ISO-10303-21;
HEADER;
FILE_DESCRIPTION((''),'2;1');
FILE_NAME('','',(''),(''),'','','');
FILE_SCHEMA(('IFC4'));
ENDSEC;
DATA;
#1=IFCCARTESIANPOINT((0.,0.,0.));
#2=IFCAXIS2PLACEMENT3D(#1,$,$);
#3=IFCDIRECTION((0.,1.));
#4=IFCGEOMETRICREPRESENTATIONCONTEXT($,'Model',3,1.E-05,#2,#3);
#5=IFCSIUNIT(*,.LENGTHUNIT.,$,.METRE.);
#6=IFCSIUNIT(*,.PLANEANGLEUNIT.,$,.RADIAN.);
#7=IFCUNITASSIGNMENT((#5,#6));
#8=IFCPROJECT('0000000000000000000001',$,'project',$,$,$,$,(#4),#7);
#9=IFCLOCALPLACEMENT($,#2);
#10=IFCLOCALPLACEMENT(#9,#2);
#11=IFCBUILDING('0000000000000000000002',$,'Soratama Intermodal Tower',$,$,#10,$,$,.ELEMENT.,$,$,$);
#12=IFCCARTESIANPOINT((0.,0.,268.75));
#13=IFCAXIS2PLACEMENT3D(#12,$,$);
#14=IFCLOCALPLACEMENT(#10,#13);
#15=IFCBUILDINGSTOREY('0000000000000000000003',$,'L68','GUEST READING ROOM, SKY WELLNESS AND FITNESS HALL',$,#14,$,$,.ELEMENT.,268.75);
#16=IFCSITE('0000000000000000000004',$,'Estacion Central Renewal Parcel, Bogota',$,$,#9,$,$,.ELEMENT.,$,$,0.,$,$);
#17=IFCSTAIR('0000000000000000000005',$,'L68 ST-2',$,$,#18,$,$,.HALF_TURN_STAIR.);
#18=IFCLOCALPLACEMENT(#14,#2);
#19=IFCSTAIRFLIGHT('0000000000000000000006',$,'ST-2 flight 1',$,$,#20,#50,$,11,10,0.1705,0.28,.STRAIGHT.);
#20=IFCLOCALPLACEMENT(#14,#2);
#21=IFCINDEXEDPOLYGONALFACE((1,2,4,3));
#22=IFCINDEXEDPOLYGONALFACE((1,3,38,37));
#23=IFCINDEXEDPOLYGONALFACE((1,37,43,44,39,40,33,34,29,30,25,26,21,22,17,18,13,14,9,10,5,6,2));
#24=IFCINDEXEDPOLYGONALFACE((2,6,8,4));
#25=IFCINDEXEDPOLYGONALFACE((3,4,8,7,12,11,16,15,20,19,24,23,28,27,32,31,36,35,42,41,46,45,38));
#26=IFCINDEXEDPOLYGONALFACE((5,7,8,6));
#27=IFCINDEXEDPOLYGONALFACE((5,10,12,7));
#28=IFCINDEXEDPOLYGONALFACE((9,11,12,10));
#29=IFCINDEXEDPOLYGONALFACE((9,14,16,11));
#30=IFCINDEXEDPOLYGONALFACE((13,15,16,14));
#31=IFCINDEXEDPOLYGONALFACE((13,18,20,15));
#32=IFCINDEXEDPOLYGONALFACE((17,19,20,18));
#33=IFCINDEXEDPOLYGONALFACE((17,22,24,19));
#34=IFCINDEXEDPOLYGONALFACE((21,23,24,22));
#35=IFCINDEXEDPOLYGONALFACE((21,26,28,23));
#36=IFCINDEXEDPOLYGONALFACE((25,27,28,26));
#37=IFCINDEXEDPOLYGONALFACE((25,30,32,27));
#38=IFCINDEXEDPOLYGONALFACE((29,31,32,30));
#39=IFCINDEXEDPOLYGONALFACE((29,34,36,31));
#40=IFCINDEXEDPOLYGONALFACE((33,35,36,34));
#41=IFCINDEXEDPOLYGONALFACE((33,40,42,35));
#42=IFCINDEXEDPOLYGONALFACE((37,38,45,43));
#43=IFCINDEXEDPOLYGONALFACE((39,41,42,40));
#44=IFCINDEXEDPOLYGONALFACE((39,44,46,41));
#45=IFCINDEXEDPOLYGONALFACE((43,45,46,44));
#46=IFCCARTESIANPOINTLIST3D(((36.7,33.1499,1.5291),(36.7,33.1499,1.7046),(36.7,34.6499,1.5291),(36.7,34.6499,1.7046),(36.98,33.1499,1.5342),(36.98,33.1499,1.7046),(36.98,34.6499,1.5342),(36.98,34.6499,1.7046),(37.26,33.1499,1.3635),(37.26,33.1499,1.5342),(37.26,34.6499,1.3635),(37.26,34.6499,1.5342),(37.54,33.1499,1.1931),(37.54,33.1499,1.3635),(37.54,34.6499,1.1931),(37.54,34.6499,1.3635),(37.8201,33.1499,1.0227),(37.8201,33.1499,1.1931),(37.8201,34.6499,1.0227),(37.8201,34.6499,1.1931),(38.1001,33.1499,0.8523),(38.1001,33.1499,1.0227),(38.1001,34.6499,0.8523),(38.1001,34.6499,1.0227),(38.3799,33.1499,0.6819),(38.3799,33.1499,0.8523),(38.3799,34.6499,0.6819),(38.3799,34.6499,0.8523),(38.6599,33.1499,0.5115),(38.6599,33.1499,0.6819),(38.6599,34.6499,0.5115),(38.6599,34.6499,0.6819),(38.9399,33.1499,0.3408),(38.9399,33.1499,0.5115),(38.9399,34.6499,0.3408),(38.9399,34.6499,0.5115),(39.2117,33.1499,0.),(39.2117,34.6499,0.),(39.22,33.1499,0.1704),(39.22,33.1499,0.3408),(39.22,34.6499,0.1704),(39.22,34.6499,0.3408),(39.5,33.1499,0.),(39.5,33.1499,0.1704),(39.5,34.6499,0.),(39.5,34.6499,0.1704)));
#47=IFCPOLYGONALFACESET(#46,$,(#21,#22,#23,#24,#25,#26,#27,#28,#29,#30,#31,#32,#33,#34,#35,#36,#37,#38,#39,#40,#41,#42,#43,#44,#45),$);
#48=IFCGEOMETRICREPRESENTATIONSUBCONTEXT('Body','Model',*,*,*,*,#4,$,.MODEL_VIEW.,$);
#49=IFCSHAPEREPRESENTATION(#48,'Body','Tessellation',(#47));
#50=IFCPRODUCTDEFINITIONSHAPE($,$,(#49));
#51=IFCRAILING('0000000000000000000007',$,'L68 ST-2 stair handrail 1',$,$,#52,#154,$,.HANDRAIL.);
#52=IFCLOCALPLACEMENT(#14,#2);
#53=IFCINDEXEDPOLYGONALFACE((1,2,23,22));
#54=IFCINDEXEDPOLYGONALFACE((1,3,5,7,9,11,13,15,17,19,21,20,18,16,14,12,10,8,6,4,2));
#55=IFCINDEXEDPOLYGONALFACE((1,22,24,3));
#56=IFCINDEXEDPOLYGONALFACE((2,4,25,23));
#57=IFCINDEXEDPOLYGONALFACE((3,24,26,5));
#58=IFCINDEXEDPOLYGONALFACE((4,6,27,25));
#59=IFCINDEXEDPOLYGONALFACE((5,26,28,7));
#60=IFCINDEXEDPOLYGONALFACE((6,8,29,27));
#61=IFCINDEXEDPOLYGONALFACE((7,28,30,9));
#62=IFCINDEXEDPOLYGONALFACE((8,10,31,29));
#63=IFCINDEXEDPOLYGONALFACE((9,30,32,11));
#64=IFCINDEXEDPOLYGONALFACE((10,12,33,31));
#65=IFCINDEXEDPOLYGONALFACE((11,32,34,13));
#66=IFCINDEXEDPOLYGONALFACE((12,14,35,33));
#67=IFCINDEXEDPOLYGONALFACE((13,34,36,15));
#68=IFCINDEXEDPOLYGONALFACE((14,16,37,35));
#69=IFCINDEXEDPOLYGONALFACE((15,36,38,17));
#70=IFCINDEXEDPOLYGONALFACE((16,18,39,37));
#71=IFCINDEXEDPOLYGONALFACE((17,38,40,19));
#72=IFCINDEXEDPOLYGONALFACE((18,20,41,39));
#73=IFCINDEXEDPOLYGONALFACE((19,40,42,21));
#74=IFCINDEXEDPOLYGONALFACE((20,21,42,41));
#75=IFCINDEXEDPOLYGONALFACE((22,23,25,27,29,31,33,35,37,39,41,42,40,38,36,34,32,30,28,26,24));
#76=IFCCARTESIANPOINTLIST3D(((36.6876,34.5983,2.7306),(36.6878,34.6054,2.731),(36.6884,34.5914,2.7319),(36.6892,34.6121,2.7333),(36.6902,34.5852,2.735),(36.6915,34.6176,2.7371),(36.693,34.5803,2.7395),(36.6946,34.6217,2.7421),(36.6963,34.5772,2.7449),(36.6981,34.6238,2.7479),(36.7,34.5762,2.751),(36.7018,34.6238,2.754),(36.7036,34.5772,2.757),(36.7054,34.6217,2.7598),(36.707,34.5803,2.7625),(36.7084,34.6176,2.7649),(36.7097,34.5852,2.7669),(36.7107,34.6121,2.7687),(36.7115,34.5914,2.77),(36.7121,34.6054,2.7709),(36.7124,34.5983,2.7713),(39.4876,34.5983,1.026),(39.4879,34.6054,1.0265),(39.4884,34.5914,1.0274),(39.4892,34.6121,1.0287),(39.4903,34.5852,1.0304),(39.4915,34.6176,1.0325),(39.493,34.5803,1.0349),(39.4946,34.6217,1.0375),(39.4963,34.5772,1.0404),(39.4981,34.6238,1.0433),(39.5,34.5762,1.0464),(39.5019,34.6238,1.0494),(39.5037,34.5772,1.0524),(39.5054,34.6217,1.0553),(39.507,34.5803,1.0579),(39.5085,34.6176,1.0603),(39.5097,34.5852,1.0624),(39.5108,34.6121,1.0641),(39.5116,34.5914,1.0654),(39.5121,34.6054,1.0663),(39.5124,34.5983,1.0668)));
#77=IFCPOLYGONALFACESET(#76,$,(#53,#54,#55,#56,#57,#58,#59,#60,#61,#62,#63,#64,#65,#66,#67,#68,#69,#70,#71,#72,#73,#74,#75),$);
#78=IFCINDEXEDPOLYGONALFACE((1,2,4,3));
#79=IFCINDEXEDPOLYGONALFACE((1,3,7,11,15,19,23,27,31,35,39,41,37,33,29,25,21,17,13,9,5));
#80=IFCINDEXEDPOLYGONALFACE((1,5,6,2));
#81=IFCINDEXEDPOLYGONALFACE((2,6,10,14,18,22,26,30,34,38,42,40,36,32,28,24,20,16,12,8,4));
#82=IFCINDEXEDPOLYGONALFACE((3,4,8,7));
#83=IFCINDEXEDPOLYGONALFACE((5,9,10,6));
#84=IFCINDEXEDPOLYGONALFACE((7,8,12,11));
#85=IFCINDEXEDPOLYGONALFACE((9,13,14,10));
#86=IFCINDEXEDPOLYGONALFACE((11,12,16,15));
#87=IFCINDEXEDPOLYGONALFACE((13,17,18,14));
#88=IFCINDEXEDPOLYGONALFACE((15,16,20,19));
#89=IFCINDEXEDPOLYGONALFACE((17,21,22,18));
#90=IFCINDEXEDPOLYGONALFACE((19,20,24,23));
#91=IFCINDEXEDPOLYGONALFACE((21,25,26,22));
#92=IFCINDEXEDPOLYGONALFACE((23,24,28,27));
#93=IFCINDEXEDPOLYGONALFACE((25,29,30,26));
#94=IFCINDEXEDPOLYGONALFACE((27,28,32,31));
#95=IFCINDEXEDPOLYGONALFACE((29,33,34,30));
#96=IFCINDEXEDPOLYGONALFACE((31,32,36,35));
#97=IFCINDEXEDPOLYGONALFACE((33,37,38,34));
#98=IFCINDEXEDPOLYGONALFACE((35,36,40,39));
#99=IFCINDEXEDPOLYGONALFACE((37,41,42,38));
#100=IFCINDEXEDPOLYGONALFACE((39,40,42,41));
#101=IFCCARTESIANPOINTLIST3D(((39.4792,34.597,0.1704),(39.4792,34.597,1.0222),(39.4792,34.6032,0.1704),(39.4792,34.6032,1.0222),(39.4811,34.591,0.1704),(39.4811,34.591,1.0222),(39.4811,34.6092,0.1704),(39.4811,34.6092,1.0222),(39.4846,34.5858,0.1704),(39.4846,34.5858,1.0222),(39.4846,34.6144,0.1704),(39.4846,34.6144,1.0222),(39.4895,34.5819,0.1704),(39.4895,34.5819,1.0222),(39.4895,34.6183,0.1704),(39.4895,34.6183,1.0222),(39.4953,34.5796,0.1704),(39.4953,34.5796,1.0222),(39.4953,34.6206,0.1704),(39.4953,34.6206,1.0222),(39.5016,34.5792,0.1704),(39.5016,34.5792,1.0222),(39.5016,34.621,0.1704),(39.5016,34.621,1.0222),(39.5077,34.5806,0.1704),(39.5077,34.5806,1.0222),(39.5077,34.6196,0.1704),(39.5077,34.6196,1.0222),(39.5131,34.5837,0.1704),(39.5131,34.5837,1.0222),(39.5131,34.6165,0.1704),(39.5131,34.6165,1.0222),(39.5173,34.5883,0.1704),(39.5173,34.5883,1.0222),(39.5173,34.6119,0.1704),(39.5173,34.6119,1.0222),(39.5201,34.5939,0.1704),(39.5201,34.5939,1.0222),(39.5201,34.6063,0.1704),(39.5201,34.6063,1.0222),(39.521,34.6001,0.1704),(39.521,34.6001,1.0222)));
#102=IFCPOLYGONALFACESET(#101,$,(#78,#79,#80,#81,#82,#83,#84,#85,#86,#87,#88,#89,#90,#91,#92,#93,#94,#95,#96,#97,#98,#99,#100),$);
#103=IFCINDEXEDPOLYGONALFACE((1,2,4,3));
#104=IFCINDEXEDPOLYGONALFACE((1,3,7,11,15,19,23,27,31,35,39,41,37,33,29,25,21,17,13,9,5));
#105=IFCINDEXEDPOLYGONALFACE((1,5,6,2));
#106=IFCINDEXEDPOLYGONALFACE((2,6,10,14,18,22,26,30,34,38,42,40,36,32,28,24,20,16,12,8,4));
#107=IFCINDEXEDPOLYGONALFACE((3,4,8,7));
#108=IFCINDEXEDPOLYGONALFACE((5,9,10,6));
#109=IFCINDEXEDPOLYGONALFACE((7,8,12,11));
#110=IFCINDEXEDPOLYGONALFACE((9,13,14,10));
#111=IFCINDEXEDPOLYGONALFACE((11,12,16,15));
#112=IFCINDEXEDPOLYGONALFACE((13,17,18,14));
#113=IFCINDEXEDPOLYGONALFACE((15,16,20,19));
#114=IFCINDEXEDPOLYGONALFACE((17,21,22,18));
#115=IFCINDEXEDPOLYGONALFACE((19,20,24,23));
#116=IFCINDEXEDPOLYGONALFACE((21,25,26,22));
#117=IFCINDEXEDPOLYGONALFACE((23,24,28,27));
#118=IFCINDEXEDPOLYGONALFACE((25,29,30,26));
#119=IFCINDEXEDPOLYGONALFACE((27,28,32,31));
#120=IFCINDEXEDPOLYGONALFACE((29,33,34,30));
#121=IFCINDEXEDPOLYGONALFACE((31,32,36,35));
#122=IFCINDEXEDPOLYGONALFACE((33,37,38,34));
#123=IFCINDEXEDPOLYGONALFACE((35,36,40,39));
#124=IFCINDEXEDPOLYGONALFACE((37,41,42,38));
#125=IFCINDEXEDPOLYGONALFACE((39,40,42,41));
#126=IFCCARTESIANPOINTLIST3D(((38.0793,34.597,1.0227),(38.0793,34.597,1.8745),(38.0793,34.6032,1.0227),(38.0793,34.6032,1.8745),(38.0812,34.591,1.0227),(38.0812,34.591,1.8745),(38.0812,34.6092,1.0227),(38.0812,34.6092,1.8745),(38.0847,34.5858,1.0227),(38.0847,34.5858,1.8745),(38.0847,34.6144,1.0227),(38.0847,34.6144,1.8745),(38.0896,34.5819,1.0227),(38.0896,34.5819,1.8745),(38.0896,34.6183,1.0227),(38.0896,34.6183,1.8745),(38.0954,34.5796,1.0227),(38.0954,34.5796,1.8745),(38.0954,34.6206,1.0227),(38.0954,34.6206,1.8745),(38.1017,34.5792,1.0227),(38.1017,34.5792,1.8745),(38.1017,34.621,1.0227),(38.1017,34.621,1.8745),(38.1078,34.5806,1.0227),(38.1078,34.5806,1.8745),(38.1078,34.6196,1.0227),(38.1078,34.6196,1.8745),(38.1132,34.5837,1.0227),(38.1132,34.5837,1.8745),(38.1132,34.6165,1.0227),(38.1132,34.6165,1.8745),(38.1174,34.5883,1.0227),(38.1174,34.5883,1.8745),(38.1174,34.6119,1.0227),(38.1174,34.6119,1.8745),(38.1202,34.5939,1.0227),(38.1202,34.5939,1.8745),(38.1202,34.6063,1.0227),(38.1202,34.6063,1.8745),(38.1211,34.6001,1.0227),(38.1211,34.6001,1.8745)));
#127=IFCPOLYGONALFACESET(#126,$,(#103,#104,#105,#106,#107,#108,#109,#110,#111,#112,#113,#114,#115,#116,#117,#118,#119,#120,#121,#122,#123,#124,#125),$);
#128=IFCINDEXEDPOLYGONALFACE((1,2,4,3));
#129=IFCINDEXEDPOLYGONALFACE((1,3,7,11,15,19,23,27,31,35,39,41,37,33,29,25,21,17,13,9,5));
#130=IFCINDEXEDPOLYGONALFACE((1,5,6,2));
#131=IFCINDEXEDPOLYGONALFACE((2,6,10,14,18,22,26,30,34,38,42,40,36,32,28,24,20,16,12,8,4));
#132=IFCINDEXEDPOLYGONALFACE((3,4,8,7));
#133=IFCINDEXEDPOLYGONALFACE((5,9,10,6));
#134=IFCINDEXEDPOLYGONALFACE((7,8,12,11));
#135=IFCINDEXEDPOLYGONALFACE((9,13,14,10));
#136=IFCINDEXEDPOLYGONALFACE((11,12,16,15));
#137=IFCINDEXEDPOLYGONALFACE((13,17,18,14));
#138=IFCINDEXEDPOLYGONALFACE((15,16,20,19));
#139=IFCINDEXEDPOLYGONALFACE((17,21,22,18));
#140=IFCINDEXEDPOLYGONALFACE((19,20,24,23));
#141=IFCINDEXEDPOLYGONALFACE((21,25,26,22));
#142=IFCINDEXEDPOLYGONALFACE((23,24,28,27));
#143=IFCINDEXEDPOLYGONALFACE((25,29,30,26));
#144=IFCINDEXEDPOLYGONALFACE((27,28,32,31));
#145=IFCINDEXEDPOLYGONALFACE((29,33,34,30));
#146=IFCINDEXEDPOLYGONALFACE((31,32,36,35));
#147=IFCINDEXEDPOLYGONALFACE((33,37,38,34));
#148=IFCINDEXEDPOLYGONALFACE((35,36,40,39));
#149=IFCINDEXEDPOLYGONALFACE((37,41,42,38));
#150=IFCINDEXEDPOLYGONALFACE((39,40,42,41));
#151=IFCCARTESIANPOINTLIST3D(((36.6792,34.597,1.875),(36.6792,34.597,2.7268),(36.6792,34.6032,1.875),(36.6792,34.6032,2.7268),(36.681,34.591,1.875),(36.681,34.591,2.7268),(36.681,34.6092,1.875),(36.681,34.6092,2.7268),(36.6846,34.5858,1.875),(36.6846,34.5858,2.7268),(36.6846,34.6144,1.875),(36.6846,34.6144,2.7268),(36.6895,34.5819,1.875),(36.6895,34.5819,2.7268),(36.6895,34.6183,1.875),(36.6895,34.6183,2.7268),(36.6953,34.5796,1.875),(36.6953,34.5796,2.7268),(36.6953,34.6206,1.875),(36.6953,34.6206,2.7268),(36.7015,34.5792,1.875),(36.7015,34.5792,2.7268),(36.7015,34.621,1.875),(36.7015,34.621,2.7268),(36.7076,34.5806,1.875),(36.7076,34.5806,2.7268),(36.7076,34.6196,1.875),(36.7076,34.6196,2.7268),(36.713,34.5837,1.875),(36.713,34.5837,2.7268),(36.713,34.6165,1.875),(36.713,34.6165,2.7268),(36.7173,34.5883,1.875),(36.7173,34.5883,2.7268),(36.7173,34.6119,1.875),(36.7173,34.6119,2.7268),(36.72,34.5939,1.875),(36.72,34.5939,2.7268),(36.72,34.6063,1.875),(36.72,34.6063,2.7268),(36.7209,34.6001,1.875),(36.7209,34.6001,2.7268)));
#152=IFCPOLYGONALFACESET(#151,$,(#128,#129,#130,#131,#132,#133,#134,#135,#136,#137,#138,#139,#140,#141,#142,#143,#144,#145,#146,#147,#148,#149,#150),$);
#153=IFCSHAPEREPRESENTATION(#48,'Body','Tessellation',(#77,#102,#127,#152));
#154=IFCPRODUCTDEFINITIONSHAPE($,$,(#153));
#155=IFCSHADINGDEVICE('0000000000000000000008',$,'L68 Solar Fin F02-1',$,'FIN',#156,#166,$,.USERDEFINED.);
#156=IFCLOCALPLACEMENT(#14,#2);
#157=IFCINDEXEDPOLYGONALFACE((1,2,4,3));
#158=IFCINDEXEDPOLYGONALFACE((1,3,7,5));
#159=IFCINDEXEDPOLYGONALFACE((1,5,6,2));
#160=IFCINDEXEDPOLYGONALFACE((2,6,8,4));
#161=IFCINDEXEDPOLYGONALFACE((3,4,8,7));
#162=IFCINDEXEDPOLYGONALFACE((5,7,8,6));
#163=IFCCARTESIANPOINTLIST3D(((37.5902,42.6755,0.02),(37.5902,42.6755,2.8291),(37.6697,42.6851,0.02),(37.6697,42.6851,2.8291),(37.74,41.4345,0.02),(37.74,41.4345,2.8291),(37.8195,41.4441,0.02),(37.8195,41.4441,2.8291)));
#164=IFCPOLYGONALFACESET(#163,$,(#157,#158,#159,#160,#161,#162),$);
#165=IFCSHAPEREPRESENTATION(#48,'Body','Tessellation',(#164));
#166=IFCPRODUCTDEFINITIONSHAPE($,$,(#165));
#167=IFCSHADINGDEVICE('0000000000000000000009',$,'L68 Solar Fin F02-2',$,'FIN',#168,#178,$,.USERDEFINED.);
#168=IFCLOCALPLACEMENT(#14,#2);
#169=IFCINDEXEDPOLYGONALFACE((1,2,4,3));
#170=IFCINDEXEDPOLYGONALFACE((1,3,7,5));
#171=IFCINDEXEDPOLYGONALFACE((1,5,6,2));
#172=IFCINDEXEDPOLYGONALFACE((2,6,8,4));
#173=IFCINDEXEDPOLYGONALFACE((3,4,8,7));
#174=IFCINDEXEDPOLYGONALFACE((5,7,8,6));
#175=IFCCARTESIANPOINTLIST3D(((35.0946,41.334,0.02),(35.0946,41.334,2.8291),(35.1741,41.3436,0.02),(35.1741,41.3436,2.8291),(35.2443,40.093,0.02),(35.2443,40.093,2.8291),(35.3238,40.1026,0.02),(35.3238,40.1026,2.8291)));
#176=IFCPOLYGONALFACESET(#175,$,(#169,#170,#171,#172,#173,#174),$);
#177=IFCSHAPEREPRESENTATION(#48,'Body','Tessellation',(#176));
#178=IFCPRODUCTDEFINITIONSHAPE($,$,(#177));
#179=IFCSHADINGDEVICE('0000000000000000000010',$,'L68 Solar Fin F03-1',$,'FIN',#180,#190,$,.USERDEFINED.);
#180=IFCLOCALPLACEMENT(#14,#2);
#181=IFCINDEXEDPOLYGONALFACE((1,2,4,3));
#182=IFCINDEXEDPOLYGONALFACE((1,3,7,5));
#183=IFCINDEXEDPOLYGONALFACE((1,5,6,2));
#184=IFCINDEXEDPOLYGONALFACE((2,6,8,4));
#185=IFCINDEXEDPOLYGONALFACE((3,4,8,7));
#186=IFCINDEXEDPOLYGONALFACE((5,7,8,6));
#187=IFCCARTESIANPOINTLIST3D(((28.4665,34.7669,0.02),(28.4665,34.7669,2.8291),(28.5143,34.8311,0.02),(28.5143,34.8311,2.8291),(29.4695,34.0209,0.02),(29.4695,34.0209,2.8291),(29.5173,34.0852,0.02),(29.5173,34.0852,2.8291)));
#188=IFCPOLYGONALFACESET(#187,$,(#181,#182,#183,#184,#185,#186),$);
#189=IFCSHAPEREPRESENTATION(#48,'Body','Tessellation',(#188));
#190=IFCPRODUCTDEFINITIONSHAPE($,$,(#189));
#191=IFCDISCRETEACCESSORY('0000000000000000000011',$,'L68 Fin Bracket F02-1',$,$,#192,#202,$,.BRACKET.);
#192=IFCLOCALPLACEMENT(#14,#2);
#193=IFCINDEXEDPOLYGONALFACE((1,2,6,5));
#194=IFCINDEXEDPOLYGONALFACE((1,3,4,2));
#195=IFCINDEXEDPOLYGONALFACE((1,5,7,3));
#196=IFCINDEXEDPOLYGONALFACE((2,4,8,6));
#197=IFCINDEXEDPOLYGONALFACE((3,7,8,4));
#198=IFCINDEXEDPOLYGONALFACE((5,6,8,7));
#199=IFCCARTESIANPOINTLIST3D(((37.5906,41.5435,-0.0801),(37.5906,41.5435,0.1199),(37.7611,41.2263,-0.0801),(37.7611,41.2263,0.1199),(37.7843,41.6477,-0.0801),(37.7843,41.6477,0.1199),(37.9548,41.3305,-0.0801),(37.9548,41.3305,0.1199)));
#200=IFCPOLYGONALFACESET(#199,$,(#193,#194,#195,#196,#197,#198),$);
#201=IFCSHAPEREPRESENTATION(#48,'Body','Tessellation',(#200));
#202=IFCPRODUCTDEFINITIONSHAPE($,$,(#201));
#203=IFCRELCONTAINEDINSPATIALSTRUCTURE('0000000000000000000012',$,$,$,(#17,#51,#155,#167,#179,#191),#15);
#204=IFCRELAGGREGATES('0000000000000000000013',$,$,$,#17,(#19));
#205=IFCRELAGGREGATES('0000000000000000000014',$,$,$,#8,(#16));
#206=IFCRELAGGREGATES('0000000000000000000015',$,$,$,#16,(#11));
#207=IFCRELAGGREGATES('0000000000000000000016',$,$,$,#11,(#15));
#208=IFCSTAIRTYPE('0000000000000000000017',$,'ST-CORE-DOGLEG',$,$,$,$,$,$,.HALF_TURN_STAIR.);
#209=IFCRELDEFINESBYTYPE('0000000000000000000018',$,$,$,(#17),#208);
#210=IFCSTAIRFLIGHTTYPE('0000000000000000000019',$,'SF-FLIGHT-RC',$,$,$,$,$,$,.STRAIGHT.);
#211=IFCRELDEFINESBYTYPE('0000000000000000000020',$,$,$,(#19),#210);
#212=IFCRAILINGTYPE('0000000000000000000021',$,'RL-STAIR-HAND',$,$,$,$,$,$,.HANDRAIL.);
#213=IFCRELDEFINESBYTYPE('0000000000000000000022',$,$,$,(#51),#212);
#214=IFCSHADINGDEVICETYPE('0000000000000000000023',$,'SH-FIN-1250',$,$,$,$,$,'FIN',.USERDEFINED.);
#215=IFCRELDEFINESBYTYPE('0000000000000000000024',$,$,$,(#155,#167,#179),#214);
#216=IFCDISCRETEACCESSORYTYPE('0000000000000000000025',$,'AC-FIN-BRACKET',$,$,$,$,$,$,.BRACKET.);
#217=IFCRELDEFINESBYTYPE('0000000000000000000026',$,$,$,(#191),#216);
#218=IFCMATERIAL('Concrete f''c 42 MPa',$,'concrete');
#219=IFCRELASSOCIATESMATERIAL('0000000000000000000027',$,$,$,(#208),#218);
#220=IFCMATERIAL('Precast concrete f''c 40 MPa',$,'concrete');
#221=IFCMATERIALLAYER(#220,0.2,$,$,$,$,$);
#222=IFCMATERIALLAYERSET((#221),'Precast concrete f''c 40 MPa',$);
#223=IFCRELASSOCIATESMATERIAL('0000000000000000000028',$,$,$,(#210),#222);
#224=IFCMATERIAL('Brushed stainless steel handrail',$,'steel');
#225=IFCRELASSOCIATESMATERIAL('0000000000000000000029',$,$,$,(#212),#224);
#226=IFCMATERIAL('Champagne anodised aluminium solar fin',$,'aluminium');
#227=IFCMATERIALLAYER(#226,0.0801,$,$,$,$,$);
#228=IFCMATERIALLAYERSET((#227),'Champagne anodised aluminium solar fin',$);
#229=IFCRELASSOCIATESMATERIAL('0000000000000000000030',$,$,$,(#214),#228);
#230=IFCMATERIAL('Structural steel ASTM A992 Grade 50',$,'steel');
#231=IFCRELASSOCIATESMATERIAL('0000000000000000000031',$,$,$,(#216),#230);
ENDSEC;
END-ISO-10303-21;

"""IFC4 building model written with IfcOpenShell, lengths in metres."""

from ifc_helpers import new_model, si_unit, direction, frame, origin, origin_2d, place, context, subcontext, project, spatial, polyline, rectangle, circle, outline, extrude, material, layer, layer_set, type_object, element, aggregate, save


model = new_model("IFC4")

# Units and contexts
model_context = context("Model", 3, precision=1e-05, world=origin(), true_north=direction((0.0, 1.0)))
body_context = subcontext(model_context, "Body", "Model", "MODEL_VIEW")
ifc_project = project(units=[si_unit("LENGTHUNIT", "METRE"), si_unit("PLANEANGLEUNIT", "RADIAN")], contexts=[model_context])

# Site, building, storey
site_placement = place(None, origin())
site = spatial("IfcSite", under=ifc_project, at=site_placement, Name="Estacion Central Renewal Parcel, Bogota", CompositionType="ELEMENT", RefElevation=0.0)
building_placement = place(site_placement, origin())
building = spatial("IfcBuilding", under=site, at=building_placement, Name="Soratama Intermodal Tower", CompositionType="ELEMENT")
storey_placement = place(building_placement, frame((0.0, 0.0, 268.75)))
storey = spatial("IfcBuildingStorey", under=building, at=storey_placement, Name="L68", Description="GUEST READING ROOM, SKY WELLNESS AND FITNESS HALL", CompositionType="ELEMENT", Elevation=268.75)

# Stair, stair flight
ifc_material_1 = material(Name="Concrete f'c 42 MPa", Category="concrete")
stair_type = type_object("IfcStairType", Name="ST-CORE-DOGLEG", PredefinedType="HALF_TURN_STAIR", material=ifc_material_1)
stair_placement = place(storey_placement, origin())
stair = element("IfcStair", 1, at=stair_placement, inside=storey, type_object=stair_type, Name="L68 ST-2", PredefinedType="HALF_TURN_STAIR")
ifc_material_2 = material(Name="Precast concrete f'c 40 MPa", Category="concrete")
ifc_layer_1 = layer(ifc_material_2, 0.2)
ifc_layer_set_1 = layer_set([ifc_layer_1], Name="Precast concrete f'c 40 MPa")
stair_flight_type = type_object("IfcStairFlightType", Name="SF-FLIGHT-RC", PredefinedType="STRAIGHT", material=ifc_layer_set_1)
stair_flight_placement = place(storey_placement, frame((39.5, 33.8999, 0.0), z_axis=(0.0, 0.0, 1.0), x_axis=(-1.0, 0.0, 0.0)))
stair_flight = element("IfcStairFlight", 2, at=stair_flight_placement, type_object=stair_flight_type, Name="ST-2 flight 1", NumberOfRisers=11, NumberOfTreads=10, PredefinedType="STRAIGHT", RiserHeight=0.1705, TreadLength=0.28, context=body_context, shape_type="SweptSolid", body=[
    extrude(outline(polyline([(0.0, 0.0), (0.0, 0.1704), (0.28, 0.1704), (0.28, 0.3408), (0.5601, 0.3408), (0.5601, 0.5115), (0.8401, 0.5115), (0.8401, 0.6819), (1.1201, 0.6819), (1.1201, 0.8523), (1.3999, 0.8523), (1.3999, 1.0227), (1.6799, 1.0227), (1.6799, 1.1931), (1.96, 1.1931), (1.96, 1.3635), (2.24, 1.3635), (2.24, 1.5342), (2.52, 1.5342), (2.52, 1.7046), (2.8, 1.7046), (2.8, 1.875), (2.8, 1.5291), (0.2883, 0.0), (0.0, 0.0)])), frame((0.0, 0.75, 0.0), z_axis=(0.0, -1.0, 0.0), x_axis=(1.0, 0.0, 0.0)), (0.0, 0.0, 1.0), 1.5),
])
aggregate(stair, [stair_flight])

# Railing
ifc_material_3 = material(Name="Brushed stainless steel handrail", Category="steel")
railing_type = type_object("IfcRailingType", Name="RL-STAIR-HAND", PredefinedType="HANDRAIL", material=ifc_material_3)
railing_placement = place(storey_placement, frame((39.5, 34.6001, 0.1704)))
element("IfcRailing", 3, at=railing_placement, inside=storey, type_object=railing_type, Name="L68 ST-2 stair handrail 1", PredefinedType="HANDRAIL", context=body_context, shape_type="SweptSolid", body=[
    extrude(circle(Radius=0.0239, at=origin_2d()), frame((0.0, 0.0, 0.876), z_axis=(-0.85417, 0.0, 0.519994), x_axis=(0.0, -1.0, 0.0)), (0.0, 0.0, 1.0), 3.2781),
    extrude(circle(Radius=0.021, at=origin_2d()), origin(), (0.0, 0.0, 1.0), 0.8518),
    extrude(circle(Radius=0.021, at=origin_2d()), frame((-1.3999, 0.0, 0.8523)), (0.0, 0.0, 1.0), 0.8518),
    extrude(circle(Radius=0.021, at=origin_2d()), frame((-2.8, 0.0, 1.7046)), (0.0, 0.0, 1.0), 0.8518),
])

# Shading devices
ifc_material_4 = material(Name="Champagne anodised aluminium solar fin", Category="aluminium")
ifc_layer_2 = layer(ifc_material_4, 0.0801)
ifc_layer_set_2 = layer_set([ifc_layer_2], Name="Champagne anodised aluminium solar fin")
shading_device_type = type_object("IfcShadingDeviceType", Name="SH-FIN-1250", ElementType="FIN", PredefinedType="USERDEFINED", material=ifc_layer_set_2)
for number, where, z_axis, x_axis, name in (
    (4, (37.7048, 42.0598, 0.02), (0.0, 0.0, 1.0), (-0.11979, 0.992799, 0.0), "L68 Solar Fin F02-1"),
    (5, (35.2092, 40.7183, 0.02), (0.0, 0.0, 1.0), (-0.11979, 0.992799, 0.0), "L68 Solar Fin F02-2"),
    (6, (28.9919, 34.426, 0.02), (0.0, 0.0, 1.0), (-0.802401, 0.596785, 0.0), "L68 Solar Fin F03-1"),
):
    element("IfcShadingDevice", number, at=place(storey_placement, frame(where, z_axis=z_axis, x_axis=x_axis)), inside=storey, type_object=shading_device_type, Name=name, ObjectType="FIN", PredefinedType="USERDEFINED", context=body_context, shape_type="SweptSolid", body=[
        extrude(rectangle(XDim=1.25, YDim=0.0801, at=origin_2d()), origin(), (0.0, 0.0, 1.0), 2.8091),
    ])

# Discrete accessory
ifc_material_5 = material(Name="Structural steel ASTM A992 Grade 50", Category="steel")
discrete_accessory_type = type_object("IfcDiscreteAccessoryType", Name="AC-FIN-BRACKET", PredefinedType="BRACKET", material=ifc_material_5)
for number, where, z_axis, x_axis, name in (
    (7, (37.7727, 41.437, -0.0801), (0.0, 0.0, 1.0), (-0.473473, 0.880808, 0.0), "L68 Fin Bracket F02-1"),
):
    element("IfcDiscreteAccessory", number, at=place(storey_placement, frame(where, z_axis=z_axis, x_axis=x_axis)), inside=storey, type_object=discrete_accessory_type, Name=name, PredefinedType="BRACKET", context=body_context, shape_type="SweptSolid", body=[
        extrude(rectangle(XDim=0.3601, YDim=0.22, at=origin_2d()), origin(), (0.0, 0.0, 1.0), 0.2),
    ])

save(model, "model.ifc")
